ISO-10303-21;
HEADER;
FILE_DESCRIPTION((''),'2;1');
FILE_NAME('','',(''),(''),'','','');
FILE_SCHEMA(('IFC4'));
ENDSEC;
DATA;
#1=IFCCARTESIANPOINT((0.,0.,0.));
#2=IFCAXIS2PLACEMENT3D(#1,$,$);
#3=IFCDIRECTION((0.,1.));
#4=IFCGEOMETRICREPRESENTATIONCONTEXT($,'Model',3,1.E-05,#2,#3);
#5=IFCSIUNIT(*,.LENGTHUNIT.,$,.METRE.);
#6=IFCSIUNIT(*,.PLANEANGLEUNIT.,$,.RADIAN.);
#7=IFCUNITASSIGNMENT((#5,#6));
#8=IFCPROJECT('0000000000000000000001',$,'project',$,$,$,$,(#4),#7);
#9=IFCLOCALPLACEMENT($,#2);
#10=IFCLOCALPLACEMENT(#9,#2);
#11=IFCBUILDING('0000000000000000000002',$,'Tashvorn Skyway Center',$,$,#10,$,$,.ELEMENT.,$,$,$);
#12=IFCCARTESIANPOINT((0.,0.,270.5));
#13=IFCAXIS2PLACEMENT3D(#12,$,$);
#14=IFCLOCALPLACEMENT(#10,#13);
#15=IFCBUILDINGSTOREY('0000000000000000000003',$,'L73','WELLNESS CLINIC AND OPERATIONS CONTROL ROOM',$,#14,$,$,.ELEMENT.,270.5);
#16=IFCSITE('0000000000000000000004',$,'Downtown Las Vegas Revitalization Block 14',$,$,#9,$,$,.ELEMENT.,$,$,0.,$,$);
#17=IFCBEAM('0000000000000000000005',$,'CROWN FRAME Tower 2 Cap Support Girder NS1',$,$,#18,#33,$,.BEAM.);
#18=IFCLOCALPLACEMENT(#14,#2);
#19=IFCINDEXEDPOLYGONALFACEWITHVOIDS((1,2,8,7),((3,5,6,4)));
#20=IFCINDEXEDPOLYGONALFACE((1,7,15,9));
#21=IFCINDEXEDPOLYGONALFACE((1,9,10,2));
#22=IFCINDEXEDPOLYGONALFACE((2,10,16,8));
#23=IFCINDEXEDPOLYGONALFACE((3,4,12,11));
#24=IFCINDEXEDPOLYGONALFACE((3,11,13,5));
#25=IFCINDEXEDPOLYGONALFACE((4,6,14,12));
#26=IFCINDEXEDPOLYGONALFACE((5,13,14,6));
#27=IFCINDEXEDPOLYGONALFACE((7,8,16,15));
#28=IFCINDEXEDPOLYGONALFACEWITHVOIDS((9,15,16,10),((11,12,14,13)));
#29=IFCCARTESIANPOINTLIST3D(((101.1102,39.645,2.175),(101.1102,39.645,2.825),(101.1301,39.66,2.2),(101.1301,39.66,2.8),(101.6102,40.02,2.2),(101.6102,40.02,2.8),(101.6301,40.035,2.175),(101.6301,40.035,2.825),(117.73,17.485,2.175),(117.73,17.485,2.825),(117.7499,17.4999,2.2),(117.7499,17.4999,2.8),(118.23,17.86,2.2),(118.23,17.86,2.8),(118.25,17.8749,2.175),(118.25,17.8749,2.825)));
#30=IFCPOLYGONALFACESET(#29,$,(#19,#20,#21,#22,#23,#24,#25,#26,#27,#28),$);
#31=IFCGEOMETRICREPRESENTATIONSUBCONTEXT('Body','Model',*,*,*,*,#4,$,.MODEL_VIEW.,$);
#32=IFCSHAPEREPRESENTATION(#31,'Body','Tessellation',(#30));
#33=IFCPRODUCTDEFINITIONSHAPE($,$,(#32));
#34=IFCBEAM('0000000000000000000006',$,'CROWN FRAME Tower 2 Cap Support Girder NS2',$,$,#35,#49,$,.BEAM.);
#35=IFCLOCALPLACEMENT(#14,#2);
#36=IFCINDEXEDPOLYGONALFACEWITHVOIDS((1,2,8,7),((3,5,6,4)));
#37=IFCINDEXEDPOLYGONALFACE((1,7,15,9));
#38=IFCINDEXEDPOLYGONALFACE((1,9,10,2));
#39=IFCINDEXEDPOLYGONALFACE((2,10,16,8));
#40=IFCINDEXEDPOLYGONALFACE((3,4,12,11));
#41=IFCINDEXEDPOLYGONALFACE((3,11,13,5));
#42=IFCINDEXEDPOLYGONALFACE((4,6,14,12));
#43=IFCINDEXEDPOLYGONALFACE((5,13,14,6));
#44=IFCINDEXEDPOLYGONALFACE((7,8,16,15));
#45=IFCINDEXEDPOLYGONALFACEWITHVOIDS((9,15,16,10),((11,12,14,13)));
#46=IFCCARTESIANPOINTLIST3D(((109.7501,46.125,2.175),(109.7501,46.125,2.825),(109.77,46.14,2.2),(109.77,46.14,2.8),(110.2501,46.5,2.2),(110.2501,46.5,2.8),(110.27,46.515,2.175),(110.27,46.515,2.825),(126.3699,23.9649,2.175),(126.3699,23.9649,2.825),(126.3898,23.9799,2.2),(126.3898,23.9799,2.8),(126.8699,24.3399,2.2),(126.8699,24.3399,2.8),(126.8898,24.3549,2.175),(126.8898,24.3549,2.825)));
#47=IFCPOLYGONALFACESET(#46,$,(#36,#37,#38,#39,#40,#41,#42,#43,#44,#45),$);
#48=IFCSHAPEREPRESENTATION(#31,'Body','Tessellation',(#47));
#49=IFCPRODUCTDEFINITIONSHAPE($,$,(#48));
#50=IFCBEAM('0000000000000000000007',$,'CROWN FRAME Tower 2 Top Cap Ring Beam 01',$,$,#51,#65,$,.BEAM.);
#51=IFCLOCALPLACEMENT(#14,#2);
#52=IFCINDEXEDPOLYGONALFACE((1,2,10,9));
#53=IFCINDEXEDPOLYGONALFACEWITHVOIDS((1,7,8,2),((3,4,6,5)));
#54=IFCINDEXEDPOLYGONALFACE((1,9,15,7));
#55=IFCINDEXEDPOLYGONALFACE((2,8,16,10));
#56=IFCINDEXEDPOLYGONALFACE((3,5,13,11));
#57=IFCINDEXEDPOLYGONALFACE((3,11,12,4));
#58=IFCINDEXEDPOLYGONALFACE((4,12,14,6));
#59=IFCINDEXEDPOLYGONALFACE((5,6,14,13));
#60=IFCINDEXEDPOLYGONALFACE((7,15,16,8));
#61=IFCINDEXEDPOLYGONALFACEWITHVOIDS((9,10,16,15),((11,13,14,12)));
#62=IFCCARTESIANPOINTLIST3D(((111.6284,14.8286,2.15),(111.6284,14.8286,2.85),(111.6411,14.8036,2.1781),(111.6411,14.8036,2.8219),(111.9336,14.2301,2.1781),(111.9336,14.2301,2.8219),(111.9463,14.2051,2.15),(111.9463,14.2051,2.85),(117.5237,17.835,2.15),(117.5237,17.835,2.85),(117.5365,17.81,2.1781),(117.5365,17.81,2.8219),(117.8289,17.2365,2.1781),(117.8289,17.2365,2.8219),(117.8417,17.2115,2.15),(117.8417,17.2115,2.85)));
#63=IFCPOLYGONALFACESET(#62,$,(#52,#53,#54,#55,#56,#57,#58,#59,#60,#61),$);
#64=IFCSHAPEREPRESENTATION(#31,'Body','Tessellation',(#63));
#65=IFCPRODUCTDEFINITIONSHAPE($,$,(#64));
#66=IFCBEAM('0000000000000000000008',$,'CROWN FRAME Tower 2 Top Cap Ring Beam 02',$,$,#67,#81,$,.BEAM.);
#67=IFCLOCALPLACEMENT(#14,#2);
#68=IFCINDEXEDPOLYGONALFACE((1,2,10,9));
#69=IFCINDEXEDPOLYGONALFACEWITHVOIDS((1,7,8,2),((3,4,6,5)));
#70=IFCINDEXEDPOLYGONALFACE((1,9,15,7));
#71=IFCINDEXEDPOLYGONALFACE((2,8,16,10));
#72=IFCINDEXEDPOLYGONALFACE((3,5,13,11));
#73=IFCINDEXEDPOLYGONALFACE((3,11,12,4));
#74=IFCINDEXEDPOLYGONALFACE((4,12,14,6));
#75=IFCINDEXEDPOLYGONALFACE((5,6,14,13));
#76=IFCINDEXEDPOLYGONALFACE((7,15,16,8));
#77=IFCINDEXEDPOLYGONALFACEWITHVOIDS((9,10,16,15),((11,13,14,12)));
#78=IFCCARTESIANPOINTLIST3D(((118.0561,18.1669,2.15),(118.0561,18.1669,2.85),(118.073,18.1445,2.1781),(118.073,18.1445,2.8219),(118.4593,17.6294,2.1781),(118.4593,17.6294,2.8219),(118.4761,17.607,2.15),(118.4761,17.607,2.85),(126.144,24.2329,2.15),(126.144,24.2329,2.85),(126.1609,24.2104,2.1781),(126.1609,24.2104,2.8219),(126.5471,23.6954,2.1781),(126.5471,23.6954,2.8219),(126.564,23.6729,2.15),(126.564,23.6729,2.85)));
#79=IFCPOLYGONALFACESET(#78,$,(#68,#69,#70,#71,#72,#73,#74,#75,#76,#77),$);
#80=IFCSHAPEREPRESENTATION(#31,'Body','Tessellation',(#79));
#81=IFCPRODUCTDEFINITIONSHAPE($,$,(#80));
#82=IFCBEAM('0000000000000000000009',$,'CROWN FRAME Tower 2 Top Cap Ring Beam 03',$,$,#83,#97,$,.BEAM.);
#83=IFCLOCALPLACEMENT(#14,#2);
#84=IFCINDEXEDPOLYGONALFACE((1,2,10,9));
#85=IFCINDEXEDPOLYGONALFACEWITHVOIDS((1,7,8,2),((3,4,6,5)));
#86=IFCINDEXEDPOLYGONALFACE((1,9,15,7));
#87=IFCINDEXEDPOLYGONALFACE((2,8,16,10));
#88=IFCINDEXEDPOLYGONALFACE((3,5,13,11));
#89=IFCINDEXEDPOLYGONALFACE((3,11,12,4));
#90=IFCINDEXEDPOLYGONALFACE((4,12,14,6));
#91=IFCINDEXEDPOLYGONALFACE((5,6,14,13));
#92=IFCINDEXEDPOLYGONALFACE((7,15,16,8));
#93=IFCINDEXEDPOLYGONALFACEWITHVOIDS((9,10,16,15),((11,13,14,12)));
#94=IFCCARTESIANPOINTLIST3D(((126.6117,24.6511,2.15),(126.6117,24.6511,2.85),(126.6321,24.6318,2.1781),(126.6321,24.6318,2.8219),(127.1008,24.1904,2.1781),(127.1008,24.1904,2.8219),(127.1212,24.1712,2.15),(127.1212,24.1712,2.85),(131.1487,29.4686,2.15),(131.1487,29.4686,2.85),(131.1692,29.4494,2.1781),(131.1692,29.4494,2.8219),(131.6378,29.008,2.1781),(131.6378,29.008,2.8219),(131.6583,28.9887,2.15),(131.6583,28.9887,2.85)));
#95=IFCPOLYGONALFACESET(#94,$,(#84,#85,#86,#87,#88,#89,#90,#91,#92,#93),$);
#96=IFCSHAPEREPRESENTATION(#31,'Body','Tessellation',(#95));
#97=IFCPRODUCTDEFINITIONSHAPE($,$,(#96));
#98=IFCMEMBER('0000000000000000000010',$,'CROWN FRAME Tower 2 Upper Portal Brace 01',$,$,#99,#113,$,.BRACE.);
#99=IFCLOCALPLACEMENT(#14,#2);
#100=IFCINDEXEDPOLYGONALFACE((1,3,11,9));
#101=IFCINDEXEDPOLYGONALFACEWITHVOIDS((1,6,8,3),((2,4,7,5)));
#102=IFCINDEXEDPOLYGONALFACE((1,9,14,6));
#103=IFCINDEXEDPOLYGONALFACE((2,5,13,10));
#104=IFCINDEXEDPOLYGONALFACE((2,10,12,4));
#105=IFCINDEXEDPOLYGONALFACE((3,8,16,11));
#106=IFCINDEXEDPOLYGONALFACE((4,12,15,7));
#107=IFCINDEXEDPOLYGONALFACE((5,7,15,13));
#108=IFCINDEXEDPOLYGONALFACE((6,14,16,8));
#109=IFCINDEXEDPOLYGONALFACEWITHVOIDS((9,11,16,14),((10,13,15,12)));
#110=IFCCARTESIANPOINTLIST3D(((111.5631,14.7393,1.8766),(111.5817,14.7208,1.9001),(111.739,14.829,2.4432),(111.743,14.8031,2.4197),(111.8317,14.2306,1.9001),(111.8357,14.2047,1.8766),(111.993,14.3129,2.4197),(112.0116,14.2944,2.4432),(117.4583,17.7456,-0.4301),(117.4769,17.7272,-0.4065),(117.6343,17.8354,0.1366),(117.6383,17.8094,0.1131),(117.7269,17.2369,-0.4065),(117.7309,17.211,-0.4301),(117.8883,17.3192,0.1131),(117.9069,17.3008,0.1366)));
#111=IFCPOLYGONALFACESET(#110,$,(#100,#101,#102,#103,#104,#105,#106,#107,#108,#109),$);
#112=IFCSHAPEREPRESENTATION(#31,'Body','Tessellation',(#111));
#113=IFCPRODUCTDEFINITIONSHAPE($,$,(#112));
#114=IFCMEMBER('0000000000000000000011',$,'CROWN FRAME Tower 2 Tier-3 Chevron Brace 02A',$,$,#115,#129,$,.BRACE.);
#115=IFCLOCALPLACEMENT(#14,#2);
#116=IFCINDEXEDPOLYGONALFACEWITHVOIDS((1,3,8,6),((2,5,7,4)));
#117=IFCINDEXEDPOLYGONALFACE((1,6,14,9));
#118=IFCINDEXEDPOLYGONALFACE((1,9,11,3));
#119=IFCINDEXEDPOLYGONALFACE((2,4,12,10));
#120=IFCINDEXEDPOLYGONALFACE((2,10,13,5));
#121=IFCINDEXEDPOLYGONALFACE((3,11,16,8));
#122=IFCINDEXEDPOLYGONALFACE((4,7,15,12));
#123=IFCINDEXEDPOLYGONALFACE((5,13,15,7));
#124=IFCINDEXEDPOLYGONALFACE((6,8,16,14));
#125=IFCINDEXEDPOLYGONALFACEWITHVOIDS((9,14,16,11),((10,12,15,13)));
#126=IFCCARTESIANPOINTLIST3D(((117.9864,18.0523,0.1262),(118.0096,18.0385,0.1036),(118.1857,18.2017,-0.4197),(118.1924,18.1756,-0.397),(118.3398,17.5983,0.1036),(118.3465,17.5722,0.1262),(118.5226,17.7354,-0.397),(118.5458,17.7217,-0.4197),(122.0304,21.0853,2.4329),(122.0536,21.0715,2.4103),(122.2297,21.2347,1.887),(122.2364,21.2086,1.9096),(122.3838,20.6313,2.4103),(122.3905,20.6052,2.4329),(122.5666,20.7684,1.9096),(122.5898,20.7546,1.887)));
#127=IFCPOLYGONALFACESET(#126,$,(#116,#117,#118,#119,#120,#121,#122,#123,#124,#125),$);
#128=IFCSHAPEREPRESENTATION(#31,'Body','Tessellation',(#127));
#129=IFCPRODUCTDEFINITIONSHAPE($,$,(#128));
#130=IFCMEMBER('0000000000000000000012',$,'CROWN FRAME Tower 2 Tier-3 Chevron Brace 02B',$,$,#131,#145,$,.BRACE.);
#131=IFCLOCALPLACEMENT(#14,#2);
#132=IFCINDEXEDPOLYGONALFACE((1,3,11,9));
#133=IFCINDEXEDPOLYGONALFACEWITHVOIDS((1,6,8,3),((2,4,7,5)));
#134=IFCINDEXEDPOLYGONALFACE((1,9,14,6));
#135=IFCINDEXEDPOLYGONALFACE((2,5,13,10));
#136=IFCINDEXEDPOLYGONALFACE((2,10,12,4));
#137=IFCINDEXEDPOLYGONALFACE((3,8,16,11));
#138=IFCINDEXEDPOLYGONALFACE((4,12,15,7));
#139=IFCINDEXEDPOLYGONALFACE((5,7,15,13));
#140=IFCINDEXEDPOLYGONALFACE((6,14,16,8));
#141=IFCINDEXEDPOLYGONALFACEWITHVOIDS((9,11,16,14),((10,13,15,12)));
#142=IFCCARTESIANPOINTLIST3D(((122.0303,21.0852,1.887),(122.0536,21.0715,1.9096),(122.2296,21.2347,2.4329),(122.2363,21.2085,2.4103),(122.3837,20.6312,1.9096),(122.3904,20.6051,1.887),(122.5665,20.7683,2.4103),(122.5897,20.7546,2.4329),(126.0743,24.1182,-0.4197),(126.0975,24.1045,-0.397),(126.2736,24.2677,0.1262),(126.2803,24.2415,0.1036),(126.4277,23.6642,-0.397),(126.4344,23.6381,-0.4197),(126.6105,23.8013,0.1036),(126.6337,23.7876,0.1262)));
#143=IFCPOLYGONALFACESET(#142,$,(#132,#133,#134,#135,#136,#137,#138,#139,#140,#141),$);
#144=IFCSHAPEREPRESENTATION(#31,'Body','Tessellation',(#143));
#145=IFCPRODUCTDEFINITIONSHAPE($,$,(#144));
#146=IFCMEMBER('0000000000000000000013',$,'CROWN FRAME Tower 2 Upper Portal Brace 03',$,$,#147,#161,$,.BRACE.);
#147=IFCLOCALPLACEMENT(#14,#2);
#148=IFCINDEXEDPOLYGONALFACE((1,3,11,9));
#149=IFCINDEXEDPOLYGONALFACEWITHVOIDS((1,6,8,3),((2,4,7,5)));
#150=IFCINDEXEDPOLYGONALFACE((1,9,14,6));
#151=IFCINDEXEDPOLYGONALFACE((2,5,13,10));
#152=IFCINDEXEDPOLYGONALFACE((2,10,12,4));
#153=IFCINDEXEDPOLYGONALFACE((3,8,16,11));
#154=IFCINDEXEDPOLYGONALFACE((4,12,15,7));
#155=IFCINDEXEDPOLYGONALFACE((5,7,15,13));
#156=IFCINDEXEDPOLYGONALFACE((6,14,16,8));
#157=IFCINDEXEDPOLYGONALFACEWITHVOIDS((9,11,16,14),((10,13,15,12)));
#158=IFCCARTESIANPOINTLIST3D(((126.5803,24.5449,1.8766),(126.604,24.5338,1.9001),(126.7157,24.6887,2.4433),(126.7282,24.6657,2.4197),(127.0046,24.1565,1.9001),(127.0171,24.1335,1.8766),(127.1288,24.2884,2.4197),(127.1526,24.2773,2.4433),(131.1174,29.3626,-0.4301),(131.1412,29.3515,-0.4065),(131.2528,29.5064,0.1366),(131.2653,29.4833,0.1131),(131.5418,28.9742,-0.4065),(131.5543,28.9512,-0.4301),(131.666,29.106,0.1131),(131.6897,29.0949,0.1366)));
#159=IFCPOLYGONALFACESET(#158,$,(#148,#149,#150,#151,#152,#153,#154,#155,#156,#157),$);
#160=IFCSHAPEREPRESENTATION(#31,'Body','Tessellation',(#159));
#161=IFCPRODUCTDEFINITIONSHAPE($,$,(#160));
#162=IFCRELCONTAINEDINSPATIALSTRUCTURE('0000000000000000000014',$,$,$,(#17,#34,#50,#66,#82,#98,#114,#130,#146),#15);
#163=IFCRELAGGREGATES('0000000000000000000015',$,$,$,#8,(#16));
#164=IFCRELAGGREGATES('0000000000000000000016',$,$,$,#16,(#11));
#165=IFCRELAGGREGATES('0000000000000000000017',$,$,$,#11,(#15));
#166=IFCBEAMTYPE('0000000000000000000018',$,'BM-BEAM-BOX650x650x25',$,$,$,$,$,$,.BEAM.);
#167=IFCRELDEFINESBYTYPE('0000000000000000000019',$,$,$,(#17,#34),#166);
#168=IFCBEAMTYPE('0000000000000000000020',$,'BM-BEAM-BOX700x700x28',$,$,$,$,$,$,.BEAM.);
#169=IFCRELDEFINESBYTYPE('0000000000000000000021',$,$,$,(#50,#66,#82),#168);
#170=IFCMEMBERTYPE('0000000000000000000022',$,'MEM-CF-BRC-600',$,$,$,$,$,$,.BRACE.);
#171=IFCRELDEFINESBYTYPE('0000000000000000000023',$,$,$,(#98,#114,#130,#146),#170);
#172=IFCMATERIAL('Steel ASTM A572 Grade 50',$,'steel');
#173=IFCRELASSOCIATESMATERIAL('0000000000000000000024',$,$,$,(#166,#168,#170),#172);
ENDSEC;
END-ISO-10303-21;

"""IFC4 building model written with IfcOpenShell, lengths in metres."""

from ifc_helpers import new_model, si_unit, direction, frame, origin, origin_2d, place, context, subcontext, project, spatial, hollow_rectangle, extrude, material, material_profile, profile_set, type_object, element, save


model = new_model("IFC4")

# Units and contexts
model_context = context("Model", 3, precision=1e-05, world=origin(), true_north=direction((0.0, 1.0)))
body_context = subcontext(model_context, "Body", "Model", "MODEL_VIEW")
ifc_project = project(units=[si_unit("LENGTHUNIT", "METRE"), si_unit("PLANEANGLEUNIT", "RADIAN")], contexts=[model_context])

# Site, building, storey
site_placement = place(None, origin())
site = spatial("IfcSite", under=ifc_project, at=site_placement, Name="Downtown Las Vegas Revitalization Block 14", CompositionType="ELEMENT", RefElevation=0.0)
building_placement = place(site_placement, origin())
building = spatial("IfcBuilding", under=site, at=building_placement, Name="Tashvorn Skyway Center", CompositionType="ELEMENT")
storey_placement = place(building_placement, frame((0.0, 0.0, 270.5)))
storey = spatial("IfcBuildingStorey", under=building, at=storey_placement, Name="L73", Description="WELLNESS CLINIC AND OPERATIONS CONTROL ROOM", CompositionType="ELEMENT", Elevation=270.5)

# Beams
ifc_material_1 = material(Name="Steel ASTM A572 Grade 50", Category="steel")
ifc_material_profile_1 = material_profile(ifc_material_1, hollow_rectangle(XDim=0.6499, YDim=0.6499, WallThickness=0.0249, at=origin_2d()), Name="BOX650x650x25")
ifc_profile_set_1 = profile_set([ifc_material_profile_1], Name="Steel ASTM A572 Grade 50")
beam_type_1 = type_object("IfcBeamType", Name="BM-BEAM-BOX650x650x25", PredefinedType="BEAM", material=ifc_profile_set_1)
for number, where, z_axis, x_axis, name in (
    (1, (117.99, 17.6799, 2.5), (-0.599994, 0.800004, 0.0), (-0.800004, -0.599994, 0.0), "CROWN FRAME Tower 2 Cap Support Girder NS1"),
    (2, (126.6299, 24.1599, 2.5), (-0.599994, 0.800004, 0.0), (-0.800004, -0.599994, 0.0), "CROWN FRAME Tower 2 Cap Support Girder NS2"),
):
    element("IfcBeam", number, at=place(storey_placement, frame(where, z_axis=z_axis, x_axis=x_axis)), inside=storey, type_object=beam_type_1, Name=name, PredefinedType="BEAM", context=body_context, shape_type="SweptSolid", body=[
        extrude(hollow_rectangle(XDim=0.6499, YDim=0.6499, WallThickness=0.0249, at=origin_2d()), origin(), (0.0, 0.0, 1.0), 27.7),
    ])
ifc_material_profile_2 = material_profile(ifc_material_1, hollow_rectangle(XDim=0.7, YDim=0.7, WallThickness=0.0281, at=origin_2d()), Name="BOX700x700x28")
ifc_profile_set_2 = profile_set([ifc_material_profile_2], Name="Steel ASTM A572 Grade 50")
beam_type_2 = type_object("IfcBeamType", Name="BM-BEAM-BOX700x700x28", PredefinedType="BEAM", material=ifc_profile_set_2)
beam_1_placement = place(storey_placement, frame((111.7874, 14.5168, 2.5), z_axis=(0.89085, 0.454298, 0.0), x_axis=(-0.454298, 0.89085, 0.0)))
element("IfcBeam", 3, at=beam_1_placement, inside=storey, type_object=beam_type_2, Name="CROWN FRAME Tower 2 Top Cap Ring Beam 01", PredefinedType="BEAM", context=body_context, shape_type="SweptSolid", body=[
    extrude(hollow_rectangle(XDim=0.7, YDim=0.7, WallThickness=0.0281, at=origin_2d()), origin(), (0.0, 0.0, 1.0), 6.6177),
])
beam_2_placement = place(storey_placement, frame((118.2661, 17.887, 2.5), z_axis=(0.8, 0.6, 0.0), x_axis=(-0.6, 0.8, 0.0)))
element("IfcBeam", 4, at=beam_2_placement, inside=storey, type_object=beam_type_2, Name="CROWN FRAME Tower 2 Top Cap Ring Beam 02", PredefinedType="BEAM", context=body_context, shape_type="SweptSolid", body=[
    extrude(hollow_rectangle(XDim=0.7, YDim=0.7, WallThickness=0.0281, at=origin_2d()), origin(), (0.0, 0.0, 1.0), 10.1099),
])
beam_3_placement = place(storey_placement, frame((126.8665, 24.4111, 2.5), z_axis=(0.685595, 0.727983, 0.0), x_axis=(-0.727983, 0.685595, 0.0)))
element("IfcBeam", 5, at=beam_3_placement, inside=storey, type_object=beam_type_2, Name="CROWN FRAME Tower 2 Top Cap Ring Beam 03", PredefinedType="BEAM", context=body_context, shape_type="SweptSolid", body=[
    extrude(hollow_rectangle(XDim=0.7, YDim=0.7, WallThickness=0.0281, at=origin_2d()), origin(), (0.0, 0.0, 1.0), 6.6177),
])

# Members
ifc_material_profile_3 = material_profile(ifc_material_1, hollow_rectangle(XDim=0.6001, YDim=0.6001, WallThickness=0.0249, at=origin_2d()), Name="BOX600x600x25")
ifc_profile_set_3 = profile_set([ifc_material_profile_3], Name="Steel ASTM A572 Grade 50")
member_type_1 = type_object("IfcMemberType", Name="MEM-CF-BRC-600", PredefinedType="BRACE", material=ifc_profile_set_3)
member_1_placement = place(storey_placement, frame((117.6826, 17.5232, -0.1467), z_axis=(-0.841212, -0.428985, 0.329141), x_axis=(0.454298, -0.89085, 0.0)))
element("IfcMember", 6, at=member_1_placement, inside=storey, type_object=member_type_1, Name="CROWN FRAME Tower 2 Upper Portal Brace 01", PredefinedType="BRACE", context=body_context, shape_type="SweptSolid", body=[
    extrude(hollow_rectangle(XDim=0.6001, YDim=0.6001, WallThickness=0.0249, at=origin_2d()), origin(), (0.0, 0.0, 1.0), 7.0081),
])
for number, where, z_axis, x_axis, name in (
    (7, (118.2661, 17.887, -0.1467), (0.727807, 0.545855, 0.415137), (-0.6, 0.8, 0.0), "CROWN FRAME Tower 2 Tier-3 Chevron Brace 02A"),
    (8, (126.354, 23.9529, -0.1467), (-0.727807, -0.545855, 0.415137), (0.6, -0.8, 0.0), "CROWN FRAME Tower 2 Tier-3 Chevron Brace 02B"),
):
    element("IfcMember", number, at=place(storey_placement, frame(where, z_axis=z_axis, x_axis=x_axis)), inside=storey, type_object=member_type_1, Name=name, PredefinedType="BRACE", context=body_context, shape_type="SweptSolid", body=[
        extrude(hollow_rectangle(XDim=0.6001, YDim=0.6001, WallThickness=0.0249, at=origin_2d()), origin(), (0.0, 0.0, 1.0), 5.5564),
    ])
member_2_placement = place(storey_placement, frame((131.4036, 29.2288, -0.1467), z_axis=(-0.647396, -0.687423, 0.329132), x_axis=(0.727983, -0.685595, 0.0)))
element("IfcMember", 9, at=member_2_placement, inside=storey, type_object=member_type_1, Name="CROWN FRAME Tower 2 Upper Portal Brace 03", PredefinedType="BRACE", context=body_context, shape_type="SweptSolid", body=[
    extrude(hollow_rectangle(XDim=0.6001, YDim=0.6001, WallThickness=0.0249, at=origin_2d()), origin(), (0.0, 0.0, 1.0), 7.0083),
])

save(model, "model.ifc")
